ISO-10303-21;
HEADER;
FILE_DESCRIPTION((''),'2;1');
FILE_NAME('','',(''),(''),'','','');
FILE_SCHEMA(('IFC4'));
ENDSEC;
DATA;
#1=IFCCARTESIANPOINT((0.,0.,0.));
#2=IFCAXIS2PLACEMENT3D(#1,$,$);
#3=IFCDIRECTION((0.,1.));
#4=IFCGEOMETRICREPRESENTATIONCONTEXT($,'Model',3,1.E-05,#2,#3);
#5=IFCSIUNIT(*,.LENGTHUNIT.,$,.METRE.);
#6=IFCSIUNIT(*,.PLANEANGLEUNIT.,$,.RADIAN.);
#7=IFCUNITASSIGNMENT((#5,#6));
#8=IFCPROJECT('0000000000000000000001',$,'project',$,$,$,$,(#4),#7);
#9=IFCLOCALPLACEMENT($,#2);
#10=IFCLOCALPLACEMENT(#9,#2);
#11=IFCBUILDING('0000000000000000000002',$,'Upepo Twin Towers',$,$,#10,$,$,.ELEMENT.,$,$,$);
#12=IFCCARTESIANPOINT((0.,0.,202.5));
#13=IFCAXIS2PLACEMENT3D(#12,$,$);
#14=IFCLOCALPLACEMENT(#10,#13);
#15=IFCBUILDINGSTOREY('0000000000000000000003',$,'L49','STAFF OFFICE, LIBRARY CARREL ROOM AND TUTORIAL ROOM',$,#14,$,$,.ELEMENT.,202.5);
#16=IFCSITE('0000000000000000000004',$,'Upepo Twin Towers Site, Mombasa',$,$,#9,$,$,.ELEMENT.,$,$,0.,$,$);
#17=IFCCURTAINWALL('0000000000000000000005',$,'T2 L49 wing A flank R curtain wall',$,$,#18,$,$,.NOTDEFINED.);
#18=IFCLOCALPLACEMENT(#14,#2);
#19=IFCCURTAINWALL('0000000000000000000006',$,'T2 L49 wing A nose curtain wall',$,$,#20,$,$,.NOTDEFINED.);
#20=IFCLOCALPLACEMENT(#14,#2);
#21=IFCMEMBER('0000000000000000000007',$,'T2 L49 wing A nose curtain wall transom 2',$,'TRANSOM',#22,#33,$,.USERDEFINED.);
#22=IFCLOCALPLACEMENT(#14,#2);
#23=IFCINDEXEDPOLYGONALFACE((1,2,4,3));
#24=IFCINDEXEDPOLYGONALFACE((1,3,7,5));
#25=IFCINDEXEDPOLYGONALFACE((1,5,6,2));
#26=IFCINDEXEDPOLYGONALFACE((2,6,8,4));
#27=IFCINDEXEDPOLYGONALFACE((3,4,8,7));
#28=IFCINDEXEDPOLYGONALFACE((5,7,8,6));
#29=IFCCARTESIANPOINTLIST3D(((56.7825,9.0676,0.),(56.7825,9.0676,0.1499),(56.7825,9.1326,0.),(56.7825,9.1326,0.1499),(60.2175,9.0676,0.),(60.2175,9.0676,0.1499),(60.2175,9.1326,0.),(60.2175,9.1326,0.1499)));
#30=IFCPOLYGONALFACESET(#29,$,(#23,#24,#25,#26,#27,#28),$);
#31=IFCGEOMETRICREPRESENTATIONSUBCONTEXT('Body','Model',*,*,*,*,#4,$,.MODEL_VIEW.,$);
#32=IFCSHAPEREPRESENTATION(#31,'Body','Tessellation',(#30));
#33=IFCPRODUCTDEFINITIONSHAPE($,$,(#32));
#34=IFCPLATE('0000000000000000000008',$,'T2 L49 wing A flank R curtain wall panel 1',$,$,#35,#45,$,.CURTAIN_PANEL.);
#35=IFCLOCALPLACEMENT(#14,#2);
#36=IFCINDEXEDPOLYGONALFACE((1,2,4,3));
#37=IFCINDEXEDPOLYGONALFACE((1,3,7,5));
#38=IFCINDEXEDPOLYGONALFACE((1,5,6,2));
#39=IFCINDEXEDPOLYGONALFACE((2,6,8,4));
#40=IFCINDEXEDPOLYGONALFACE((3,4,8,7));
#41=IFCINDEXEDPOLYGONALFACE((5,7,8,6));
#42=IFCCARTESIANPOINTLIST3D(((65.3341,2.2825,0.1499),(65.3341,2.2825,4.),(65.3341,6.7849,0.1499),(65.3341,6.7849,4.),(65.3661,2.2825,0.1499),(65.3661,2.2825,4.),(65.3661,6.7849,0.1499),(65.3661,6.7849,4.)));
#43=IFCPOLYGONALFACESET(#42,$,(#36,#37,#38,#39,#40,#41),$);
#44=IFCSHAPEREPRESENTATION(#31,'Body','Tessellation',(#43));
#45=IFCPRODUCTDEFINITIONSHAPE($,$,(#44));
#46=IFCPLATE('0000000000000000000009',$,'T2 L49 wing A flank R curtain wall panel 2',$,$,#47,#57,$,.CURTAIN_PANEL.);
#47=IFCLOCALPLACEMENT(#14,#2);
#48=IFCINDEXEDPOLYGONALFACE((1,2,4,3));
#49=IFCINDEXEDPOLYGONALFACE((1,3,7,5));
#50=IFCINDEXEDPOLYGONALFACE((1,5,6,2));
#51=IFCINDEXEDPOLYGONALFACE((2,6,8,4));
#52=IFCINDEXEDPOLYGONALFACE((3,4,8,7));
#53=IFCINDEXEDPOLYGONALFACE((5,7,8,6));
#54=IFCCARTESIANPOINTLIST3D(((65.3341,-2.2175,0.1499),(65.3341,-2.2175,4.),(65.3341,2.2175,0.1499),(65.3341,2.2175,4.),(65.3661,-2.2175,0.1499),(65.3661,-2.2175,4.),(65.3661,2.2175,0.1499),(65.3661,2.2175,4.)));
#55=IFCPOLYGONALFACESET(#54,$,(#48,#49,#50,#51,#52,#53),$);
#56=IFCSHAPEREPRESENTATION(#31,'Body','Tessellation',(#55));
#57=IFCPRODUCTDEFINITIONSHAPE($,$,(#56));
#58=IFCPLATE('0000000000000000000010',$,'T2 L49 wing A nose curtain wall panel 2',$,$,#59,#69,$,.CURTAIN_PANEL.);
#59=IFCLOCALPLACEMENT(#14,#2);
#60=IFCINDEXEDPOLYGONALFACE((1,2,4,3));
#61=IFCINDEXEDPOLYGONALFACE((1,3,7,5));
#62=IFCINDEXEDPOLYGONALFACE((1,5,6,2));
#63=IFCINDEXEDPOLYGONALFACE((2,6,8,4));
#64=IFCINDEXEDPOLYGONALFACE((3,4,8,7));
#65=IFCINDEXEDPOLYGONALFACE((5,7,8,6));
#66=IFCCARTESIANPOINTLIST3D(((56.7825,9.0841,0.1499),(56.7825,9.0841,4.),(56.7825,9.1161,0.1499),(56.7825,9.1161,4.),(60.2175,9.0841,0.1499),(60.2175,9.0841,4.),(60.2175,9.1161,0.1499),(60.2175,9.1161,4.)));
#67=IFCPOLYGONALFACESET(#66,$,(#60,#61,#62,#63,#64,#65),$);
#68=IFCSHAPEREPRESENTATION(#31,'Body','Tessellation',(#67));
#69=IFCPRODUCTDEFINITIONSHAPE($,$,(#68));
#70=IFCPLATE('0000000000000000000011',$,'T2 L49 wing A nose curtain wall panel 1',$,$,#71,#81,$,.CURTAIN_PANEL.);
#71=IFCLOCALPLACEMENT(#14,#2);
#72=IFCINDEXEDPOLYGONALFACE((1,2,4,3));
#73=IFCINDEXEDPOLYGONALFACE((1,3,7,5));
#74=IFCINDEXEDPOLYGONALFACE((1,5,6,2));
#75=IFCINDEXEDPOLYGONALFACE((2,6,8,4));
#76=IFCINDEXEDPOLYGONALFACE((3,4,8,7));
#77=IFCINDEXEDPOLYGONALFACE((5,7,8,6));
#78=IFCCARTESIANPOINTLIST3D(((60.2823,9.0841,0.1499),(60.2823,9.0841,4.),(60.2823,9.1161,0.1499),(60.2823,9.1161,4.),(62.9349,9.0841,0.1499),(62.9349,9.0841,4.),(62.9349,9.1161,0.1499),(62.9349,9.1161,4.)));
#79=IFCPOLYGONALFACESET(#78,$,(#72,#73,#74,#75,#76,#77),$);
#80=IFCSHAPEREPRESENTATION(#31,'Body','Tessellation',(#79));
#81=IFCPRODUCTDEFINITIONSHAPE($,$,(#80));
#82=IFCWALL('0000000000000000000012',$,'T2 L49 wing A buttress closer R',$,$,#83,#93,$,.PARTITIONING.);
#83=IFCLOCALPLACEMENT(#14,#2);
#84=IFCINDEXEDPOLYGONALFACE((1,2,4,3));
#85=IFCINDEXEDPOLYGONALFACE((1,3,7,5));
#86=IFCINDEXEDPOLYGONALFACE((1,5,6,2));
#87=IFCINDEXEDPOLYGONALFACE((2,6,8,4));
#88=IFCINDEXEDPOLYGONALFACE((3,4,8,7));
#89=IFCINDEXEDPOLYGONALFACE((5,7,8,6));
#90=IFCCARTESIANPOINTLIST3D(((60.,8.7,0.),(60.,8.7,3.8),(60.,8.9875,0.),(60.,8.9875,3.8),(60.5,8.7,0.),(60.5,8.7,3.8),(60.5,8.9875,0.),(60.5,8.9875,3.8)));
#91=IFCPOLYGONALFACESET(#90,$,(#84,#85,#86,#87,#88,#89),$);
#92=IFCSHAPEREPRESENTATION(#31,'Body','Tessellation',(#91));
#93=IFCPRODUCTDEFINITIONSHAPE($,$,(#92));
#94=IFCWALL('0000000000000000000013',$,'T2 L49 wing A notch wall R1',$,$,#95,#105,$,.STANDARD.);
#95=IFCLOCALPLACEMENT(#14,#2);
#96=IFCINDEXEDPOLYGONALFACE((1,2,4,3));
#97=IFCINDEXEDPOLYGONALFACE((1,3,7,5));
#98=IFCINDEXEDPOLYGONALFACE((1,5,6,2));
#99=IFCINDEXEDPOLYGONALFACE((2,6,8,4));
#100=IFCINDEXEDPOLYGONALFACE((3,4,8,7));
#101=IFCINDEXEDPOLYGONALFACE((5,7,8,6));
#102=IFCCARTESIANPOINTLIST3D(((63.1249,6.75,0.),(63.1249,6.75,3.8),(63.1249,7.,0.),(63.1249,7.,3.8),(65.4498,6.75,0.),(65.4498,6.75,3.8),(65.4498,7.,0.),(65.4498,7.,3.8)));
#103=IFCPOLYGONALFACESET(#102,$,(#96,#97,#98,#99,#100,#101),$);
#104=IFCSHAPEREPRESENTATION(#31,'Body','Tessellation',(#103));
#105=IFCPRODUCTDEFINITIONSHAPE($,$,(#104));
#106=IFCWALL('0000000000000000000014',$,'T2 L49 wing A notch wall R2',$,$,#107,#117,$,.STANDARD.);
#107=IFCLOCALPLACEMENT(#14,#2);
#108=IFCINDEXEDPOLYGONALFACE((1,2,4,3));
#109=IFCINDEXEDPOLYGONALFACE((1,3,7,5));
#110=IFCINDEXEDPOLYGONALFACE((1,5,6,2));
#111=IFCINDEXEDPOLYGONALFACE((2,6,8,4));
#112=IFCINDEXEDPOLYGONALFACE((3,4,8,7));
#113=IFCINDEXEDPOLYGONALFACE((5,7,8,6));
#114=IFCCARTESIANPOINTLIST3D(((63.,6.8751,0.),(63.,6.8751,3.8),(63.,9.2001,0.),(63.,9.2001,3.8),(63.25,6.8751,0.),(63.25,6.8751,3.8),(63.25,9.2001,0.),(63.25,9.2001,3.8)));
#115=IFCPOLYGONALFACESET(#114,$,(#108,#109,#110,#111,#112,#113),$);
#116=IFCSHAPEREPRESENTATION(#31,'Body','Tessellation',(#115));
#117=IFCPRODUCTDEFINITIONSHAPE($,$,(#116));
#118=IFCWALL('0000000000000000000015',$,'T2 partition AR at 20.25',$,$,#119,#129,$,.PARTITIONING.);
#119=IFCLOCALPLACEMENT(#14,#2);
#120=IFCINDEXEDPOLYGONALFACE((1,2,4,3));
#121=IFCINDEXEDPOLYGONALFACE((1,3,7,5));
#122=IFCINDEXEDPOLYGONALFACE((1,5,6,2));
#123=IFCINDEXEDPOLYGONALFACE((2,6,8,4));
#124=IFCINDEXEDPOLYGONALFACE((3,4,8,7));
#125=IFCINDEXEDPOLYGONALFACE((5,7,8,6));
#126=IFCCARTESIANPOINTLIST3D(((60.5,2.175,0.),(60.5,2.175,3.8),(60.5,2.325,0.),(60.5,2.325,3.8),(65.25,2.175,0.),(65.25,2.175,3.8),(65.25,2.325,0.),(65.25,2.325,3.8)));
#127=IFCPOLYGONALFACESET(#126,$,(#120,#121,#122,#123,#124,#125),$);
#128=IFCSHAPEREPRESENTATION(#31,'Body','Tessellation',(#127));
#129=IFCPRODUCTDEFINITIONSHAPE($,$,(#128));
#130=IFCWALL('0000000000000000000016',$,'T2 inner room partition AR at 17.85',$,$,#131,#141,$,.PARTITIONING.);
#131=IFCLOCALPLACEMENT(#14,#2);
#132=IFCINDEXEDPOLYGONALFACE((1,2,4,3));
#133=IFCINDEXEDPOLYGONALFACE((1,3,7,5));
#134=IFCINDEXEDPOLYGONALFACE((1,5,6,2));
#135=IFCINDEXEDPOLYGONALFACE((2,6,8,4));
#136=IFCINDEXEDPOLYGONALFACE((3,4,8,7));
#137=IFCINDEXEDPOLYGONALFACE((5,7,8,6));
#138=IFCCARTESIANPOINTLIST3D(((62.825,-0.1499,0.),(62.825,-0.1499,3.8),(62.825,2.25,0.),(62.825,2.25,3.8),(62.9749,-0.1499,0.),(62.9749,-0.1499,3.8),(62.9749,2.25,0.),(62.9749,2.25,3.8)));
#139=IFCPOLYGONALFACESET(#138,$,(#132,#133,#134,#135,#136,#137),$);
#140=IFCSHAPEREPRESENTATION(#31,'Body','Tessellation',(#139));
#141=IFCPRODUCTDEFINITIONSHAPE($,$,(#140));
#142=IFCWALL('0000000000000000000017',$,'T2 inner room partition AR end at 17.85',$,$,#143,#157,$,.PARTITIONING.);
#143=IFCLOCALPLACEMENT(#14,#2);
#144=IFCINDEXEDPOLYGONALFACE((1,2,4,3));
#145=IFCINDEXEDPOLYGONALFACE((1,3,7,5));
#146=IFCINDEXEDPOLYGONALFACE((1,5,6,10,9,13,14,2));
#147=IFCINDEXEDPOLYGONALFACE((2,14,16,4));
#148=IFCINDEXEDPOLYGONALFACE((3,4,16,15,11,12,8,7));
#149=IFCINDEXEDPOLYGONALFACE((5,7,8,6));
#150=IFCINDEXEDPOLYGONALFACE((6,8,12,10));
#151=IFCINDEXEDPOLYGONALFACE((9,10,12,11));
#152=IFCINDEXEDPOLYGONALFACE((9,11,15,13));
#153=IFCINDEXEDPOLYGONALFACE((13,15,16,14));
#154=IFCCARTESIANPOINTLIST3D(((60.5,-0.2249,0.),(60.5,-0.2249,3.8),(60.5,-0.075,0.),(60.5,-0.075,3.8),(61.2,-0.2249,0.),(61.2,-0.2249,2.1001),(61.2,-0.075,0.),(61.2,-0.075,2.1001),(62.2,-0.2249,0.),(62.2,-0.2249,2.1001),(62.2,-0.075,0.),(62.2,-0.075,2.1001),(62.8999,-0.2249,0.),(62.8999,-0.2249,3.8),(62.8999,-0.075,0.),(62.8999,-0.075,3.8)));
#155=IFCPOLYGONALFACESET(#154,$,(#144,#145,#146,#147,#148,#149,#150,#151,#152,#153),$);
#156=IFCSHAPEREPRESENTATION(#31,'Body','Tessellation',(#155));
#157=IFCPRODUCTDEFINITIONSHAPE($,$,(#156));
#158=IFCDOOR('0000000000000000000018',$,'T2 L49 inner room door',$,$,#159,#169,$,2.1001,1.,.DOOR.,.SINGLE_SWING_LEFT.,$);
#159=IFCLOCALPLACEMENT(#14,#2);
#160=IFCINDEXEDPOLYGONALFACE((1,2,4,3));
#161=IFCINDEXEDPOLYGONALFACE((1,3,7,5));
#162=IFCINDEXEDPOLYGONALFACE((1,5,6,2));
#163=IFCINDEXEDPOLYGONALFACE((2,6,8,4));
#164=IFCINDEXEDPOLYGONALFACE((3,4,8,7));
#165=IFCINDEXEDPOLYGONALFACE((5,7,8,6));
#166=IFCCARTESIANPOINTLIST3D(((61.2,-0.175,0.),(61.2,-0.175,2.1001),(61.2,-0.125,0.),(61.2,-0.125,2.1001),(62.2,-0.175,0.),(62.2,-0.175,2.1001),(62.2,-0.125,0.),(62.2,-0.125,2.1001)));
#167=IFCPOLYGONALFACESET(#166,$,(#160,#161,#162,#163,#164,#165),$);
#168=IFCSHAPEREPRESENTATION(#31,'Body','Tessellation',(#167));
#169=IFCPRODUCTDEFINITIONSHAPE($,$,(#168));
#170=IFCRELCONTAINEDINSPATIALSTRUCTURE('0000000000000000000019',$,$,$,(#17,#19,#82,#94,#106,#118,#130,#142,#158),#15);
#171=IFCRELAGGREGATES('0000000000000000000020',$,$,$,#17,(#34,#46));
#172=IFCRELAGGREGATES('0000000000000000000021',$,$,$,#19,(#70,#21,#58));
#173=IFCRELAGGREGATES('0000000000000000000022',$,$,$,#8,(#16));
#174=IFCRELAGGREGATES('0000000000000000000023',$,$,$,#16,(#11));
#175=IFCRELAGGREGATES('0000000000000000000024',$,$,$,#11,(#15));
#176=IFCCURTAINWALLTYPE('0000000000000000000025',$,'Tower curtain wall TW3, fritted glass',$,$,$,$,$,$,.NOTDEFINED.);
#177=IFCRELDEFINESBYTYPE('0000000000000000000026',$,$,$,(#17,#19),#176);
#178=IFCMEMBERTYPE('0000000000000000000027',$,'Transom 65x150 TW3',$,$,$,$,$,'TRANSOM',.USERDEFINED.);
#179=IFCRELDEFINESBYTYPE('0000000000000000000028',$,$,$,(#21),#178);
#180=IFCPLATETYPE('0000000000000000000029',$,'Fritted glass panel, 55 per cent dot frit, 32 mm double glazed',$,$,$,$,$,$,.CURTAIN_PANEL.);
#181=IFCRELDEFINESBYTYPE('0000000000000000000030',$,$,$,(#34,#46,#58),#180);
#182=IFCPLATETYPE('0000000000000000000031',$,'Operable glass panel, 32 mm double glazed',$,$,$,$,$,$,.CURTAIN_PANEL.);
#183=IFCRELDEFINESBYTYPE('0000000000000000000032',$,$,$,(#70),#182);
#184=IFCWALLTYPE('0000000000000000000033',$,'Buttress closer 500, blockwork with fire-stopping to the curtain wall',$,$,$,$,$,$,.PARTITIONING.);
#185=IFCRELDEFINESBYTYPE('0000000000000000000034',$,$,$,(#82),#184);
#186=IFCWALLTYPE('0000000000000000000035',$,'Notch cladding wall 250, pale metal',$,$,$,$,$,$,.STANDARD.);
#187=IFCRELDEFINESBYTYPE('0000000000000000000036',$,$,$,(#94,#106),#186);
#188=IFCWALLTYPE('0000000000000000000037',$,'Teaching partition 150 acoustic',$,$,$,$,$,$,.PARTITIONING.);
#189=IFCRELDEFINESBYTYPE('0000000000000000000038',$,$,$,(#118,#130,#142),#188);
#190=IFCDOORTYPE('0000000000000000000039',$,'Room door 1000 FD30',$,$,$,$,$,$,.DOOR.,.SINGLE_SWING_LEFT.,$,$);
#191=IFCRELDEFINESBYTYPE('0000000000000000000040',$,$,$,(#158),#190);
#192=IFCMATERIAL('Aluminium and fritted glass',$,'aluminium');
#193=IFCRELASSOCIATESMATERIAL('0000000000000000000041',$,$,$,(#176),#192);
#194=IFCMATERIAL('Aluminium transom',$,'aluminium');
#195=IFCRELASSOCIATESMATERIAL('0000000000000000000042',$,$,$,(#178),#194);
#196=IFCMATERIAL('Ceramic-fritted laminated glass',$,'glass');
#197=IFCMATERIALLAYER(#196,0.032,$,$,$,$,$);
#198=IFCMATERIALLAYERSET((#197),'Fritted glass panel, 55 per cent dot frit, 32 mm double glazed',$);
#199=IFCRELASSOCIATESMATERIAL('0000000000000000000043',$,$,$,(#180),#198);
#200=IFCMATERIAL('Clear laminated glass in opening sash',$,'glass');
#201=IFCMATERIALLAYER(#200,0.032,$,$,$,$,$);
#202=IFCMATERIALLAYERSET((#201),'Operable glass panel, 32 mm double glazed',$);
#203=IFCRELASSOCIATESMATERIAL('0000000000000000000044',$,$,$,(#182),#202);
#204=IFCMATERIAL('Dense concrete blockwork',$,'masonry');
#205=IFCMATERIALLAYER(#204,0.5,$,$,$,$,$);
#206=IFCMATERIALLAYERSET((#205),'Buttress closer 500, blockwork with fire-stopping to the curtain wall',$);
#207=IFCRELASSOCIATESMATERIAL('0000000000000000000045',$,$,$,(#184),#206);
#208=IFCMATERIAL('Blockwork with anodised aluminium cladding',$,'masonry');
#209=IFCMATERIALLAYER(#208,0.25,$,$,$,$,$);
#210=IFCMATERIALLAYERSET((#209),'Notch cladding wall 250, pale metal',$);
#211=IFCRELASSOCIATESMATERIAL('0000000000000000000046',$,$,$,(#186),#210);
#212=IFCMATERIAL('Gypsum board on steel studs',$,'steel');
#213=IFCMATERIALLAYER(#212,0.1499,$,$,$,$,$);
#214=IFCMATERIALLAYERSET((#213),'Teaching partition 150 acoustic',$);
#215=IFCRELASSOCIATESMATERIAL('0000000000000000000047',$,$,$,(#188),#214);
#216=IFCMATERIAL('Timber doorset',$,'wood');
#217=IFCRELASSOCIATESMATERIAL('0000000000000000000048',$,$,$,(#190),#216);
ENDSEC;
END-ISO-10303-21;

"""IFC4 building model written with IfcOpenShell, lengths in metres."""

from ifc_helpers import new_model, si_unit, direction, frame, frame_2d, origin, origin_2d, place, context, subcontext, project, spatial, rectangle, extrude, material, layer, layer_set, material_profile, profile_set, type_object, element, fill, aggregate, save


model = new_model("IFC4")

# Units and contexts
model_context = context("Model", 3, precision=1e-05, world=origin(), true_north=direction((0.0, 1.0)))
body_context = subcontext(model_context, "Body", "Model", "MODEL_VIEW")
ifc_project = project(units=[si_unit("LENGTHUNIT", "METRE"), si_unit("PLANEANGLEUNIT", "RADIAN")], contexts=[model_context])

# Site, building, storey
site_placement = place(None, origin())
site = spatial("IfcSite", under=ifc_project, at=site_placement, Name="Upepo Twin Towers Site, Mombasa", CompositionType="ELEMENT", RefElevation=0.0)
building_placement = place(site_placement, origin())
building = spatial("IfcBuilding", under=site, at=building_placement, Name="Upepo Twin Towers", CompositionType="ELEMENT")
storey_placement = place(building_placement, frame((0.0, 0.0, 202.5)))
storey = spatial("IfcBuildingStorey", under=building, at=storey_placement, Name="L49", Description="STAFF OFFICE, LIBRARY CARREL ROOM AND TUTORIAL ROOM", CompositionType="ELEMENT", Elevation=202.5)

# Curtain walls
ifc_material_1 = material(Name="Aluminium and fritted glass", Category="aluminium")
curtain_wall_type = type_object("IfcCurtainWallType", Name="Tower curtain wall TW3, fritted glass", PredefinedType="NOTDEFINED", material=ifc_material_1)
curtain_wall_1_placement = place(storey_placement, origin())
curtain_wall_1 = element("IfcCurtainWall", 1, at=curtain_wall_1_placement, inside=storey, type_object=curtain_wall_type, Name="T2 L49 wing A flank R curtain wall", PredefinedType="NOTDEFINED")
curtain_wall_2_placement = place(storey_placement, origin())
curtain_wall_2 = element("IfcCurtainWall", 2, at=curtain_wall_2_placement, inside=storey, type_object=curtain_wall_type, Name="T2 L49 wing A nose curtain wall", PredefinedType="NOTDEFINED")

# Member
ifc_material_2 = material(Name="Aluminium transom", Category="aluminium")
ifc_material_profile_1 = material_profile(ifc_material_2, rectangle(XDim=0.0649, YDim=0.1499, at=origin_2d()), Name="TRANSOM 65x150")
ifc_profile_set_1 = profile_set([ifc_material_profile_1], Name="Aluminium transom")
member_type_1 = type_object("IfcMemberType", Name="Transom 65x150 TW3", ElementType="TRANSOM", PredefinedType="USERDEFINED", material=ifc_profile_set_1)
member_1_placement = place(storey_placement, frame((60.2175, 9.1001, 0.075), z_axis=(-1.0, 0.0, 0.0), x_axis=(0.0, -1.0, 0.0)))
member_1 = element("IfcMember", 3, at=member_1_placement, type_object=member_type_1, Name="T2 L49 wing A nose curtain wall transom 2", ObjectType="TRANSOM", PredefinedType="USERDEFINED", context=body_context, shape_type="SweptSolid", body=[
    extrude(rectangle(XDim=0.0649, YDim=0.1499, at=origin_2d()), origin(), (0.0, 0.0, 1.0), 3.4351),
])

# Plates
ifc_material_3 = material(Name="Ceramic-fritted laminated glass", Category="glass")
ifc_layer_1 = layer(ifc_material_3, 0.032)
ifc_layer_set_1 = layer_set([ifc_layer_1], Name="Fritted glass panel, 55 per cent dot frit, 32 mm double glazed")
plate_type_1 = type_object("IfcPlateType", Name="Fritted glass panel, 55 per cent dot frit, 32 mm double glazed", PredefinedType="CURTAIN_PANEL", material=ifc_layer_set_1)
plate_1_placement = place(storey_placement, frame((65.3501, 4.5337, 0.1499), z_axis=(0.0, 0.0, 1.0), x_axis=(0.0, -1.0, 0.0)))
plate_1 = element("IfcPlate", 4, at=plate_1_placement, type_object=plate_type_1, Name="T2 L49 wing A flank R curtain wall panel 1", PredefinedType="CURTAIN_PANEL", context=body_context, shape_type="SweptSolid", body=[
    extrude(rectangle(XDim=4.5024, YDim=0.032, at=origin_2d()), origin(), (0.0, 0.0, 1.0), 3.8501),
])
plate_2_placement = place(storey_placement, frame((65.3501, 0.0, 0.1499), z_axis=(0.0, 0.0, 1.0), x_axis=(0.0, -1.0, 0.0)))
plate_2 = element("IfcPlate", 5, at=plate_2_placement, type_object=plate_type_1, Name="T2 L49 wing A flank R curtain wall panel 2", PredefinedType="CURTAIN_PANEL", context=body_context, shape_type="SweptSolid", body=[
    extrude(rectangle(XDim=4.4351, YDim=0.032, at=origin_2d()), origin(), (0.0, 0.0, 1.0), 3.8501),
])
aggregate(curtain_wall_1, [plate_1, plate_2])
plate_3_placement = place(storey_placement, frame((58.5, 9.1001, 0.1499), z_axis=(0.0, 0.0, 1.0), x_axis=(-1.0, 0.0, 0.0)))
plate_3 = element("IfcPlate", 6, at=plate_3_placement, type_object=plate_type_1, Name="T2 L49 wing A nose curtain wall panel 2", PredefinedType="CURTAIN_PANEL", context=body_context, shape_type="SweptSolid", body=[
    extrude(rectangle(XDim=3.4351, YDim=0.032, at=origin_2d()), origin(), (0.0, 0.0, 1.0), 3.8501),
])
ifc_material_4 = material(Name="Clear laminated glass in opening sash", Category="glass")
ifc_layer_2 = layer(ifc_material_4, 0.032)
ifc_layer_set_2 = layer_set([ifc_layer_2], Name="Operable glass panel, 32 mm double glazed")
plate_type_2 = type_object("IfcPlateType", Name="Operable glass panel, 32 mm double glazed", PredefinedType="CURTAIN_PANEL", material=ifc_layer_set_2)
plate_4_placement = place(storey_placement, frame((61.6086, 9.1001, 0.1499), z_axis=(0.0, 0.0, 1.0), x_axis=(-1.0, 0.0, 0.0)))
plate_4 = element("IfcPlate", 7, at=plate_4_placement, type_object=plate_type_2, Name="T2 L49 wing A nose curtain wall panel 1", PredefinedType="CURTAIN_PANEL", context=body_context, shape_type="SweptSolid", body=[
    extrude(rectangle(XDim=2.6526, YDim=0.032, at=origin_2d()), origin(), (0.0, 0.0, 1.0), 3.8501),
])
aggregate(curtain_wall_2, [plate_4, member_1, plate_3])

# Walls
ifc_material_5 = material(Name="Dense concrete blockwork", Category="masonry")
ifc_layer_3 = layer(ifc_material_5, 0.5)
ifc_layer_set_3 = layer_set([ifc_layer_3], Name="Buttress closer 500, blockwork with fire-stopping to the curtain wall")
wall_type_1 = type_object("IfcWallType", Name="Buttress closer 500, blockwork with fire-stopping to the curtain wall", PredefinedType="PARTITIONING", material=ifc_layer_set_3)
wall_1_placement = place(storey_placement, frame((60.25, 8.7, 0.0), z_axis=(0.0, 0.0, 1.0), x_axis=(0.0, 1.0, 0.0)))
element("IfcWall", 8, at=wall_1_placement, inside=storey, type_object=wall_type_1, Name="T2 L49 wing A buttress closer R", PredefinedType="PARTITIONING", context=body_context, shape_type="SweptSolid", body=[
    extrude(rectangle(XDim=0.2876, YDim=0.5, at=frame_2d((0.1438, 0.0))), origin(), (0.0, 0.0, 1.0), 3.8),
])
ifc_material_6 = material(Name="Blockwork with anodised aluminium cladding", Category="masonry")
ifc_layer_4 = layer(ifc_material_6, 0.25)
ifc_layer_set_4 = layer_set([ifc_layer_4], Name="Notch cladding wall 250, pale metal")
wall_type_2 = type_object("IfcWallType", Name="Notch cladding wall 250, pale metal", PredefinedType="STANDARD", material=ifc_layer_set_4)
for number, where, z_axis, x_axis, name in (
    (9, (65.45, 6.875, 0.0), (0.0, 0.0, 1.0), (-1.0, 0.0, 0.0), "T2 L49 wing A notch wall R1"),
    (10, (63.125, 6.875, 0.0), (0.0, 0.0, 1.0), (0.0, 1.0, 0.0), "T2 L49 wing A notch wall R2"),
):
    element("IfcWall", number, at=place(storey_placement, frame(where, z_axis=z_axis, x_axis=x_axis)), inside=storey, type_object=wall_type_2, Name=name, PredefinedType="STANDARD", context=body_context, shape_type="SweptSolid", body=[
        extrude(rectangle(XDim=2.325, YDim=0.25, at=frame_2d((1.1626, 0.0))), origin(), (0.0, 0.0, 1.0), 3.8),
    ])
ifc_material_7 = material(Name="Gypsum board on steel studs", Category="steel")
ifc_layer_5 = layer(ifc_material_7, 0.1499)
ifc_layer_set_5 = layer_set([ifc_layer_5], Name="Teaching partition 150 acoustic")
wall_type_3 = type_object("IfcWallType", Name="Teaching partition 150 acoustic", PredefinedType="PARTITIONING", material=ifc_layer_set_5)
wall_2_placement = place(storey_placement, frame((60.5, 2.25, 0.0), z_axis=(0.0, 0.0, 1.0), x_axis=(1.0, 0.0, 0.0)))
element("IfcWall", 11, at=wall_2_placement, inside=storey, type_object=wall_type_3, Name="T2 partition AR at 20.25", PredefinedType="PARTITIONING", context=body_context, shape_type="SweptSolid", body=[
    extrude(rectangle(XDim=4.75, YDim=0.1499, at=frame_2d((2.375, 0.0))), origin(), (0.0, 0.0, 1.0), 3.8),
])
wall_3_placement = place(storey_placement, frame((62.8999, -0.1499, 0.0), z_axis=(0.0, 0.0, 1.0), x_axis=(0.0, 1.0, 0.0)))
element("IfcWall", 12, at=wall_3_placement, inside=storey, type_object=wall_type_3, Name="T2 inner room partition AR at 17.85", PredefinedType="PARTITIONING", context=body_context, shape_type="SweptSolid", body=[
    extrude(rectangle(XDim=2.3999, YDim=0.1499, at=frame_2d((1.2, 0.0))), origin(), (0.0, 0.0, 1.0), 3.8),
])

# Wall, opening, door
wall_4_placement = place(storey_placement, frame((60.5, -0.1499, 0.0), z_axis=(0.0, 0.0, 1.0), x_axis=(1.0, 0.0, 0.0)))
wall_4 = element("IfcWall", 13, at=wall_4_placement, inside=storey, type_object=wall_type_3, Name="T2 inner room partition AR end at 17.85", PredefinedType="PARTITIONING", context=body_context, shape_type="SweptSolid", body=[
    extrude(rectangle(XDim=2.3999, YDim=0.1499, at=frame_2d((1.2, 0.0))), origin(), (0.0, 0.0, 1.0), 3.8),
])
opening_placement = place(wall_4_placement, frame((0.7, 0.0, 0.0)))
opening = element("IfcOpeningElement", 14, at=opening_placement, cuts=wall_4, PredefinedType="OPENING", context=body_context, shape_type="SweptSolid", body=[
    extrude(rectangle(XDim=1.0, YDim=2.1001, at=frame_2d((0.5, 1.05))), frame((0.0, 0.085, 0.0), z_axis=(0.0, -1.0, 0.0), x_axis=(1.0, 0.0, 0.0)), (0.0, 0.0, 1.0), 0.1699),
])
ifc_material_8 = material(Name="Timber doorset", Category="wood")
door_type = type_object("IfcDoorType", Name="Room door 1000 FD30", OperationType="SINGLE_SWING_LEFT", PredefinedType="DOOR", material=ifc_material_8)
door_placement = place(opening_placement, origin())
door = element("IfcDoor", 15, at=door_placement, inside=storey, type_object=door_type, Name="T2 L49 inner room door", OperationType="SINGLE_SWING_LEFT", OverallHeight=2.1001, OverallWidth=1.0, PredefinedType="DOOR", context=body_context, shape_type="SweptSolid", body=[
    extrude(rectangle(XDim=1.0, YDim=2.1001, at=frame_2d((0.5, 1.05))), frame((0.0, 0.0249, 0.0), z_axis=(0.0, -1.0, 0.0), x_axis=(1.0, 0.0, 0.0)), (0.0, 0.0, 1.0), 0.05),
])
fill(opening, door)

save(model, "model.ifc")
